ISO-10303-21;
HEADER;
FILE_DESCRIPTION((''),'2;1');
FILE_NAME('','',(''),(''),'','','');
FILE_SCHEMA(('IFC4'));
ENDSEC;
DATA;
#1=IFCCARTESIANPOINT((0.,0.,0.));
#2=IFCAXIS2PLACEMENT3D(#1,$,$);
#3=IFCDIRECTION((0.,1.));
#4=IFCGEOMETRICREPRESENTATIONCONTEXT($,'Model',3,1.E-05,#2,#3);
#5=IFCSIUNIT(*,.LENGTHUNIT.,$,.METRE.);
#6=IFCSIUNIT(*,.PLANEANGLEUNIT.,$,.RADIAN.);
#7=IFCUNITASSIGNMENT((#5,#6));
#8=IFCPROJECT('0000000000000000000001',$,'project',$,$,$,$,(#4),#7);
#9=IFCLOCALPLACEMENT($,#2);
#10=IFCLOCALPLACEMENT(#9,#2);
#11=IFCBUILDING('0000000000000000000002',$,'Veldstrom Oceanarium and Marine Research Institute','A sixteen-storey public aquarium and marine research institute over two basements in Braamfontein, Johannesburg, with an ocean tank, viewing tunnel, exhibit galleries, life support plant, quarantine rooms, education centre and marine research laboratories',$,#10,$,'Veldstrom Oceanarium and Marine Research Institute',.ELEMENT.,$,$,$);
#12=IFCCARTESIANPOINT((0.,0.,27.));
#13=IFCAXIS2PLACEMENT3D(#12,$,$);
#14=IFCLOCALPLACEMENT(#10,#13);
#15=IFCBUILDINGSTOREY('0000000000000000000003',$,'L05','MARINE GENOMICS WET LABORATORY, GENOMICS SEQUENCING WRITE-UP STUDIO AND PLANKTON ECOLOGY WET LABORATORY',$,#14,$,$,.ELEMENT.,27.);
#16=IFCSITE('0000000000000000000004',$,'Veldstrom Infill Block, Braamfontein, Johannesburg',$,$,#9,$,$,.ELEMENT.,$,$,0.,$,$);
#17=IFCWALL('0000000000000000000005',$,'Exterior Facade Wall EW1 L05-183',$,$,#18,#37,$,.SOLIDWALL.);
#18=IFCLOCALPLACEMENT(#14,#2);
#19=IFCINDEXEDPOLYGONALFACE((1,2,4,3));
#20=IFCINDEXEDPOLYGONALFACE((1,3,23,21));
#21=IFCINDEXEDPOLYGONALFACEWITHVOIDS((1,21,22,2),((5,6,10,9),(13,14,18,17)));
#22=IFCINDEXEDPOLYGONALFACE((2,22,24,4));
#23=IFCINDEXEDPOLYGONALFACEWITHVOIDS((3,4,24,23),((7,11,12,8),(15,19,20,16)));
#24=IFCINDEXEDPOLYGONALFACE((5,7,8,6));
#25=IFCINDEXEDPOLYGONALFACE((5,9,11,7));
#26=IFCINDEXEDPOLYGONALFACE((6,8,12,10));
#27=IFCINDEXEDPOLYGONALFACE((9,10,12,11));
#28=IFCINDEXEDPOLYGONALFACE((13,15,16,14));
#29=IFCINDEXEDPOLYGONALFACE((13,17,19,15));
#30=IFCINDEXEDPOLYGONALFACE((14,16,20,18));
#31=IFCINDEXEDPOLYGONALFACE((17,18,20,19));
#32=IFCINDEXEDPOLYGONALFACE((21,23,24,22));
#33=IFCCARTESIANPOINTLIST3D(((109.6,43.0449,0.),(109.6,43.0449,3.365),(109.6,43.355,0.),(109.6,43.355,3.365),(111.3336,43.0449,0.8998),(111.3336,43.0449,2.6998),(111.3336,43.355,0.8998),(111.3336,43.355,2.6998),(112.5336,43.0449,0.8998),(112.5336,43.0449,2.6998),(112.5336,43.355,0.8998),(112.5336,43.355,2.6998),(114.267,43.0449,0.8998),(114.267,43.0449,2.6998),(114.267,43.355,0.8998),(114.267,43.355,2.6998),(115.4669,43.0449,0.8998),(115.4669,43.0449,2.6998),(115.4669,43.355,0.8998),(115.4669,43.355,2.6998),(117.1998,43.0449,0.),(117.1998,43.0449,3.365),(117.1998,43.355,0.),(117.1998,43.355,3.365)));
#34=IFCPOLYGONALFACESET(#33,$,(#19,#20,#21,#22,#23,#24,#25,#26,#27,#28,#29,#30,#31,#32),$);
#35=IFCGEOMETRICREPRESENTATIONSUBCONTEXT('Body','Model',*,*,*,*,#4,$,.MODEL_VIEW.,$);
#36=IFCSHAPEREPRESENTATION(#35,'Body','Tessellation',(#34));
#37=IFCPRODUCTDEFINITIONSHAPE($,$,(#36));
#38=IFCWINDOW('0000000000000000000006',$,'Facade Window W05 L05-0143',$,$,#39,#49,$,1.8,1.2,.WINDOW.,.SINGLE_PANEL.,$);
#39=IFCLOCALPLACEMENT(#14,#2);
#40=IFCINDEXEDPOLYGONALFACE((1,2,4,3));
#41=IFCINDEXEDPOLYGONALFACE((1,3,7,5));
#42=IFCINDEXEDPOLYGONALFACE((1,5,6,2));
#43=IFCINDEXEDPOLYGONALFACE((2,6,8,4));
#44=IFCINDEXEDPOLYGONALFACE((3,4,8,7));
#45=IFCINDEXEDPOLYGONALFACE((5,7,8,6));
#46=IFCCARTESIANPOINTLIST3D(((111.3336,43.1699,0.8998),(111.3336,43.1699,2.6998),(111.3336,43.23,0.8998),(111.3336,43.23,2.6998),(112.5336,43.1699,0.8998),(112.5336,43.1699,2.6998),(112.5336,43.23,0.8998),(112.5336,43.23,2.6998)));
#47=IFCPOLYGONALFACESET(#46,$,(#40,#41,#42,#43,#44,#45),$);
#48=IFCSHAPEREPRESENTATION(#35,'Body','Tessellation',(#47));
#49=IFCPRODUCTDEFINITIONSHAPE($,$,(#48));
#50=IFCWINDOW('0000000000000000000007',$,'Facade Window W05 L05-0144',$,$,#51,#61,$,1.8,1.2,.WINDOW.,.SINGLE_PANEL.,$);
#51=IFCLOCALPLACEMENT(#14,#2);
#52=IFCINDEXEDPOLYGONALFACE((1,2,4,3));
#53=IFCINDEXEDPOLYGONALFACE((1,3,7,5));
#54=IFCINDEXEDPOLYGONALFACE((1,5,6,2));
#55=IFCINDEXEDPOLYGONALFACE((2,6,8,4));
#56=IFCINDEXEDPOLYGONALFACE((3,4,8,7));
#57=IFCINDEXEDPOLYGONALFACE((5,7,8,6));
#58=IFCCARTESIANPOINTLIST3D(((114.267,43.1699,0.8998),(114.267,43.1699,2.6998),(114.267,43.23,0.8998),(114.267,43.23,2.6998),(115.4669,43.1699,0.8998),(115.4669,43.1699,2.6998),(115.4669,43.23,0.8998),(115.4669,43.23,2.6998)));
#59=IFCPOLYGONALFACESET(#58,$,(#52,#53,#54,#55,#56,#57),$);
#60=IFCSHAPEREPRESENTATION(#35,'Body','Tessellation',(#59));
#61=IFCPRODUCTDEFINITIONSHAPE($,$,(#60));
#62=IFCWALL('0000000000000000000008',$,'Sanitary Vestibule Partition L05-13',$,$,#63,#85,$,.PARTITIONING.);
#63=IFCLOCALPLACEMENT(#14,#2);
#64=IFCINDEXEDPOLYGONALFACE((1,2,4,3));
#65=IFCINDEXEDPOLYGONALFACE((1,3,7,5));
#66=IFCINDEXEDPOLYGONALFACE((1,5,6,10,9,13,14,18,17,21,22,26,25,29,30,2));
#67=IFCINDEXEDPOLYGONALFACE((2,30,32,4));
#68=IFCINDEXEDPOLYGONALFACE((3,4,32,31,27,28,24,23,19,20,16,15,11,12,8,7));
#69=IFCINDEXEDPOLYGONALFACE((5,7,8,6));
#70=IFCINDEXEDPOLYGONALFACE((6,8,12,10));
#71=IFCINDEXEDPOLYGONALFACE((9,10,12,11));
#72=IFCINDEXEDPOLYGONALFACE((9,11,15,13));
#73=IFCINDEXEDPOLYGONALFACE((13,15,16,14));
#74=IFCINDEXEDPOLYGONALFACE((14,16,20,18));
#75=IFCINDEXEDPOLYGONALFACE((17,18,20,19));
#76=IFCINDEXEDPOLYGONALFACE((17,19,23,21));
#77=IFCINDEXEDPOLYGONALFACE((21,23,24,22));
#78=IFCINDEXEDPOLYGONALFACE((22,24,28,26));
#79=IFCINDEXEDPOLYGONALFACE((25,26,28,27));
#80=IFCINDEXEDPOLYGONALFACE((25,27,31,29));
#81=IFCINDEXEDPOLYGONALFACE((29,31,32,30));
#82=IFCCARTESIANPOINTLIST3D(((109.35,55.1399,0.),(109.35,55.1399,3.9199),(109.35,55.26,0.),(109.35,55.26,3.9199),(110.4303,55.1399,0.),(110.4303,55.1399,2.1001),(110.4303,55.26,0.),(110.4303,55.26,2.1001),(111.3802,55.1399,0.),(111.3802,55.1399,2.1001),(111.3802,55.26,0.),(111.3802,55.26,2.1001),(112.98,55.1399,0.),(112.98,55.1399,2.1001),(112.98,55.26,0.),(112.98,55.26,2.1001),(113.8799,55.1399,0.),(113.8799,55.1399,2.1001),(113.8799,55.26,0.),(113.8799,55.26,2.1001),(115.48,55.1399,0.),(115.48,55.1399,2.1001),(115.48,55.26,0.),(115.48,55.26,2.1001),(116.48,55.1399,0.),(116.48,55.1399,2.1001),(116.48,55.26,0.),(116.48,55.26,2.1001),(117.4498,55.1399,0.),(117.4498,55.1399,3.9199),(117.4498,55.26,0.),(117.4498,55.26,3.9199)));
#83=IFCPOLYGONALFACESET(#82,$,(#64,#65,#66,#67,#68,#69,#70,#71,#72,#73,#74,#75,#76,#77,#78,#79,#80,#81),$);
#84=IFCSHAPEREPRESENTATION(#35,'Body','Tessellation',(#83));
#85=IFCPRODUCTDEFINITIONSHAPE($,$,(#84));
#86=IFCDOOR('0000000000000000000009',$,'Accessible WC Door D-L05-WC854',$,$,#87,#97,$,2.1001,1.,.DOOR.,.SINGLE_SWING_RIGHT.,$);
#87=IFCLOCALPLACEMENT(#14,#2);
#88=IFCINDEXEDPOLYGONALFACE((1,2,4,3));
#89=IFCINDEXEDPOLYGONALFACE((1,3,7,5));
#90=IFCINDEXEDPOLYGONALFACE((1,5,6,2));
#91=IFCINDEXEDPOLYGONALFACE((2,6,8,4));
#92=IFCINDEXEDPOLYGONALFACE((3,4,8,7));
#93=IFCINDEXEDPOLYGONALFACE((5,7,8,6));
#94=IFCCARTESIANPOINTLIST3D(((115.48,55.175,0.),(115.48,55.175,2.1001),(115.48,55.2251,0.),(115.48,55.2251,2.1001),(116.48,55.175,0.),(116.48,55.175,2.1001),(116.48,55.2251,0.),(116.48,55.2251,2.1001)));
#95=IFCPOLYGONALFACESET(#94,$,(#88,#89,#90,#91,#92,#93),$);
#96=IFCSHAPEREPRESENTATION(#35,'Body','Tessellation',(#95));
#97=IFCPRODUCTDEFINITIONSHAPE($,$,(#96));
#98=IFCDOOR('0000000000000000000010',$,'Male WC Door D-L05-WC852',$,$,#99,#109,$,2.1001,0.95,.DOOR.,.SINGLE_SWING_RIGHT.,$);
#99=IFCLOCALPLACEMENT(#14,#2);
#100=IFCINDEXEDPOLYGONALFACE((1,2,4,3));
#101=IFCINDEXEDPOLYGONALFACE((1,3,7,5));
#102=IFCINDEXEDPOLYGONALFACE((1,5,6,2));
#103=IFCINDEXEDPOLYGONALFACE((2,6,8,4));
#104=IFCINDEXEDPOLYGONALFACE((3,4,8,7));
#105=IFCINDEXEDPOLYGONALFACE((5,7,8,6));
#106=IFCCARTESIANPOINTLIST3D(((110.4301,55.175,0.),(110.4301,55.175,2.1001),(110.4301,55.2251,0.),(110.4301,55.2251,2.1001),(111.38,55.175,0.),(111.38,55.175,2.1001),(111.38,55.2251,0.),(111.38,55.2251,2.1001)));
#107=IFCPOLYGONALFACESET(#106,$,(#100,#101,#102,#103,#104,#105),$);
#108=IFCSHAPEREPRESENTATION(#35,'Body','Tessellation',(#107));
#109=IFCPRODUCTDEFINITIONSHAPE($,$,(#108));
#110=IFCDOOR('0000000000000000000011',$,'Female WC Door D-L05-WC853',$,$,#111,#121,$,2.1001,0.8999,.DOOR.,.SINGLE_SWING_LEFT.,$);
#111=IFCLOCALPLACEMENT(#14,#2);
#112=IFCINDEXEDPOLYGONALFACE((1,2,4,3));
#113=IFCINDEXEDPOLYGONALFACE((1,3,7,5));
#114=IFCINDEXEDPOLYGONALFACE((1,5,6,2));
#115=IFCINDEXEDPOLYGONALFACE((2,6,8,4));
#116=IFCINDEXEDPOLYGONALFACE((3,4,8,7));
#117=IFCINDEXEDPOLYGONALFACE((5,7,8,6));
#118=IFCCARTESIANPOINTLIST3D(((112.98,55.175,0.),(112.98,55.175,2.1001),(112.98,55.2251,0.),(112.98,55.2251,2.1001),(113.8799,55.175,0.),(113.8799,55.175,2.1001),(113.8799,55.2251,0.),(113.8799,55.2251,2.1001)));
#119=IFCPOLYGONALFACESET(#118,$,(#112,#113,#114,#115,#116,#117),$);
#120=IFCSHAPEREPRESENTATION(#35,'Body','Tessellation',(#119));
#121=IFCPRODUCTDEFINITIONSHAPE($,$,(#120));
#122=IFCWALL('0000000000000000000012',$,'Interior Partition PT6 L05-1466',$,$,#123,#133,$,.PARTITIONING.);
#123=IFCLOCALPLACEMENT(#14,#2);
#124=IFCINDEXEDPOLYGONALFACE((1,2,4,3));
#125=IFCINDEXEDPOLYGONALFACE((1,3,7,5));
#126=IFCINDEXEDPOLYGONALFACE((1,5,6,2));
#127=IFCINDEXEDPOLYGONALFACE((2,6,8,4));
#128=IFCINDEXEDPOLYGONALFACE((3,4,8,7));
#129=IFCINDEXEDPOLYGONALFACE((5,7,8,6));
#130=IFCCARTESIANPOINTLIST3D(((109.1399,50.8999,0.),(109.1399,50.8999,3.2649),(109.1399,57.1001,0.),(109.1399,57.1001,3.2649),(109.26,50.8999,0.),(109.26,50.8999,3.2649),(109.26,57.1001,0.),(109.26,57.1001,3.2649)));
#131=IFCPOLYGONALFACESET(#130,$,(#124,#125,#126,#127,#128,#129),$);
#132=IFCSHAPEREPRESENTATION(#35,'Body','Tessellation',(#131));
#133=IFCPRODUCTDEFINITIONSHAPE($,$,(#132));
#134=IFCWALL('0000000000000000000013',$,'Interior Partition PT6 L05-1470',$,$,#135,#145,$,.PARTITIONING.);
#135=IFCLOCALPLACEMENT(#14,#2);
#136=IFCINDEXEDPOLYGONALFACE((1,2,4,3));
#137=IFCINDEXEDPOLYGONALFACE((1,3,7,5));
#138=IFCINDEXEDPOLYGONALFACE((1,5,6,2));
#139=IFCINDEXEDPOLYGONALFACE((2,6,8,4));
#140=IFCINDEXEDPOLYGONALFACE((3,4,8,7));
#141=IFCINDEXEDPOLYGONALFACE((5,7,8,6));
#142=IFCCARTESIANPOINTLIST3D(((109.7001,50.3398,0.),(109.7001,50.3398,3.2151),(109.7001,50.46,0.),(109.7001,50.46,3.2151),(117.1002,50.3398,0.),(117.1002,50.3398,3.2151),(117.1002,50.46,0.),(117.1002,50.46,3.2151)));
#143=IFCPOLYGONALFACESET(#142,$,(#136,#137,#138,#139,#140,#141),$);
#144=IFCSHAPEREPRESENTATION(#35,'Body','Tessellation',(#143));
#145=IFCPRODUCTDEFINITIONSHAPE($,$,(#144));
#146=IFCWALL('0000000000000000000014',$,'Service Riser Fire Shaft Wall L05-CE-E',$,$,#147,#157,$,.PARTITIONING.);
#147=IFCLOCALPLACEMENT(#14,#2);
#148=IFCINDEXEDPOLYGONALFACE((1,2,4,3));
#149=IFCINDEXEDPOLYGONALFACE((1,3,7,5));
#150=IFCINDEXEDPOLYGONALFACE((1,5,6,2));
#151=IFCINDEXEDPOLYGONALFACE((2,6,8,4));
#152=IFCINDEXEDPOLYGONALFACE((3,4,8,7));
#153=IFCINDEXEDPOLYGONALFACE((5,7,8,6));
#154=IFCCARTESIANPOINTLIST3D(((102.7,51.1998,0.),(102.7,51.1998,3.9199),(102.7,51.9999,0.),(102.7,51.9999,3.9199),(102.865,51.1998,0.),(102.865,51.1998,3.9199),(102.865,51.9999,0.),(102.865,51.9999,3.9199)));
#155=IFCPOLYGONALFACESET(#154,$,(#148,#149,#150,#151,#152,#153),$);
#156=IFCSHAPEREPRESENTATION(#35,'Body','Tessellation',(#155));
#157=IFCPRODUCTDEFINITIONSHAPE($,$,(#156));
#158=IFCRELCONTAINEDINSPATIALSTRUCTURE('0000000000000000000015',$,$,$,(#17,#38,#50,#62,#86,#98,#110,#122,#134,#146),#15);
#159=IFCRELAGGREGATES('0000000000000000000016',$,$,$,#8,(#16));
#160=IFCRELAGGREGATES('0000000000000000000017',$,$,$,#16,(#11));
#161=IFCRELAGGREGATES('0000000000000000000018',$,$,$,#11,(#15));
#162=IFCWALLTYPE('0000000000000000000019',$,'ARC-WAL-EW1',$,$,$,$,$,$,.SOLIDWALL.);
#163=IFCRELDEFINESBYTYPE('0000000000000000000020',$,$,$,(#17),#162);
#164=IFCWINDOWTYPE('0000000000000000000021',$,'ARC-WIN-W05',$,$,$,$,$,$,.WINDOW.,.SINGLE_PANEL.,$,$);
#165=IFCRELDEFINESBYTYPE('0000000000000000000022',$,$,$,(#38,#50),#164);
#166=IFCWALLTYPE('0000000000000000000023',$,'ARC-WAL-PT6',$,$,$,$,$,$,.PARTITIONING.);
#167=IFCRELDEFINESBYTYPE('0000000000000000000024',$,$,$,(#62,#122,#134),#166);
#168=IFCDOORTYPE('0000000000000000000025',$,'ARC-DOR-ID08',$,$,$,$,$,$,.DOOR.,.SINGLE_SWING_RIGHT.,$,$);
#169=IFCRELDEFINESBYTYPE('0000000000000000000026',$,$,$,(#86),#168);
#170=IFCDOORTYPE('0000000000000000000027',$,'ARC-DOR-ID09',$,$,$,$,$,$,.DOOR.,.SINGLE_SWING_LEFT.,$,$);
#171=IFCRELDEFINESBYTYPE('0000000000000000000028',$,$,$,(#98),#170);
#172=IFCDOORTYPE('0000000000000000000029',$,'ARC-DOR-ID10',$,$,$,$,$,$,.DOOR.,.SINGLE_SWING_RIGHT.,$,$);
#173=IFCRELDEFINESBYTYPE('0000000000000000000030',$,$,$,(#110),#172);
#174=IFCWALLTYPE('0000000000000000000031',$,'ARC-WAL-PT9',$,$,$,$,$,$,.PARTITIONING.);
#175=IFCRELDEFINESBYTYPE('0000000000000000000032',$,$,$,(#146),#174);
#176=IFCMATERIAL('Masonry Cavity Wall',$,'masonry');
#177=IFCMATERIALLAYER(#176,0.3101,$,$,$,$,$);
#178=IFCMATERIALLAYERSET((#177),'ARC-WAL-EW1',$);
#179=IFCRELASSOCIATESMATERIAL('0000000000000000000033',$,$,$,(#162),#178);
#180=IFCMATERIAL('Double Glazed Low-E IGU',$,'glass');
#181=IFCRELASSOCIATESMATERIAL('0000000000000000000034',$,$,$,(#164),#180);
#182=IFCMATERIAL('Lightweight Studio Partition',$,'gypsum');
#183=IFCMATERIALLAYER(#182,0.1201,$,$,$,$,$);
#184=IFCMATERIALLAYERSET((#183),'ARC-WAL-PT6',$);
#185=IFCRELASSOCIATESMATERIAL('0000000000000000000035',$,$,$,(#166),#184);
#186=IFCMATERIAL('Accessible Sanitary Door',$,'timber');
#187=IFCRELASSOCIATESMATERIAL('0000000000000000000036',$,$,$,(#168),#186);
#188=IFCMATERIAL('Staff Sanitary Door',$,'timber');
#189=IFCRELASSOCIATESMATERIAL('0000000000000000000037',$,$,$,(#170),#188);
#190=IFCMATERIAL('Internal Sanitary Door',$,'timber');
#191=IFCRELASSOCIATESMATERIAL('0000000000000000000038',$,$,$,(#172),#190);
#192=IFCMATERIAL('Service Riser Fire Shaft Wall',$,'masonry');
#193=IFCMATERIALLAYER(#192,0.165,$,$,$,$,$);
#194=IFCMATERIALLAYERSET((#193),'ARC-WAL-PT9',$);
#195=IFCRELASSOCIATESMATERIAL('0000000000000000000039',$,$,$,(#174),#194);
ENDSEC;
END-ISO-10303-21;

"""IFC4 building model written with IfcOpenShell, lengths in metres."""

from ifc_helpers import new_model, si_unit, direction, frame, frame_2d, origin, place, context, subcontext, project, spatial, rectangle, extrude, material, layer, layer_set, type_object, element, fill, save


model = new_model("IFC4")

# Units and contexts
model_context = context("Model", 3, precision=1e-05, world=origin(), true_north=direction((0.0, 1.0)))
body_context = subcontext(model_context, "Body", "Model", "MODEL_VIEW")
ifc_project = project(units=[si_unit("LENGTHUNIT", "METRE"), si_unit("PLANEANGLEUNIT", "RADIAN")], contexts=[model_context])

# Site, building, storey
site_placement = place(None, origin())
site = spatial("IfcSite", under=ifc_project, at=site_placement, Name="Veldstrom Infill Block, Braamfontein, Johannesburg", CompositionType="ELEMENT", RefElevation=0.0)
building_placement = place(site_placement, origin())
building = spatial("IfcBuilding", under=site, at=building_placement, Name="Veldstrom Oceanarium and Marine Research Institute", Description="A sixteen-storey public aquarium and marine research institute over two basements in Braamfontein, Johannesburg, with an ocean tank, viewing tunnel, exhibit galleries, life support plant, quarantine rooms, education centre and marine research laboratories", LongName="Veldstrom Oceanarium and Marine Research Institute", CompositionType="ELEMENT")
storey_placement = place(building_placement, frame((0.0, 0.0, 27.0)))
storey = spatial("IfcBuildingStorey", under=building, at=storey_placement, Name="L05", Description="MARINE GENOMICS WET LABORATORY, GENOMICS SEQUENCING WRITE-UP STUDIO AND PLANKTON ECOLOGY WET LABORATORY", CompositionType="ELEMENT", Elevation=27.0)

# Wall, openings, windows
ifc_material_1 = material(Name="Masonry Cavity Wall", Category="masonry")
ifc_layer_1 = layer(ifc_material_1, 0.3101)
ifc_layer_set_1 = layer_set([ifc_layer_1], Name="ARC-WAL-EW1")
wall_type_1 = type_object("IfcWallType", Name="ARC-WAL-EW1", PredefinedType="SOLIDWALL", material=ifc_layer_set_1)
wall_1_placement = place(storey_placement, frame((109.6001, 43.2, 0.0), z_axis=(0.0, 0.0, 1.0), x_axis=(1.0, 0.0, 0.0)))
wall_1 = element("IfcWall", 1, at=wall_1_placement, inside=storey, type_object=wall_type_1, Name="Exterior Facade Wall EW1 L05-183", PredefinedType="SOLIDWALL", context=body_context, shape_type="SweptSolid", body=[
    extrude(rectangle(XDim=7.5999, YDim=0.3101, at=frame_2d((3.7998, 0.0))), origin(), (0.0, 0.0, 1.0), 3.365),
])
opening_1_placement = place(wall_1_placement, frame((1.7334, 0.0, 0.8999)))
opening_1 = element("IfcOpeningElement", 2, at=opening_1_placement, cuts=wall_1, PredefinedType="OPENING", context=body_context, shape_type="SweptSolid", body=[
    extrude(rectangle(XDim=1.2, YDim=1.8, at=frame_2d((0.6001, 0.8999))), frame((0.0, 0.165, 0.0), z_axis=(0.0, -1.0, 0.0), x_axis=(1.0, 0.0, 0.0)), (0.0, 0.0, 1.0), 0.3301),
])
opening_2_placement = place(wall_1_placement, frame((4.6667, 0.0, 0.8999)))
opening_2 = element("IfcOpeningElement", 3, at=opening_2_placement, cuts=wall_1, PredefinedType="OPENING", context=body_context, shape_type="SweptSolid", body=[
    extrude(rectangle(XDim=1.2, YDim=1.8, at=frame_2d((0.6001, 0.8999))), frame((0.0, 0.165, 0.0), z_axis=(0.0, -1.0, 0.0), x_axis=(1.0, 0.0, 0.0)), (0.0, 0.0, 1.0), 0.3301),
])
ifc_material_2 = material(Name="Double Glazed Low-E IGU", Category="glass")
window_type = type_object("IfcWindowType", Name="ARC-WIN-W05", PartitioningType="SINGLE_PANEL", PredefinedType="WINDOW", material=ifc_material_2)
window_1_placement = place(opening_1_placement, origin())
window_1 = element("IfcWindow", 4, at=window_1_placement, inside=storey, type_object=window_type, Name="Facade Window W05 L05-0143", OverallHeight=1.8, OverallWidth=1.2, PartitioningType="SINGLE_PANEL", PredefinedType="WINDOW", context=body_context, shape_type="SweptSolid", body=[
    extrude(rectangle(XDim=1.2, YDim=1.8, at=frame_2d((0.6001, 0.8999))), frame((0.0, 0.03, 0.0), z_axis=(0.0, -1.0, 0.0), x_axis=(1.0, 0.0, 0.0)), (0.0, 0.0, 1.0), 0.0601),
])
fill(opening_1, window_1)
window_2_placement = place(opening_2_placement, origin())
window_2 = element("IfcWindow", 5, at=window_2_placement, inside=storey, type_object=window_type, Name="Facade Window W05 L05-0144", OverallHeight=1.8, OverallWidth=1.2, PartitioningType="SINGLE_PANEL", PredefinedType="WINDOW", context=body_context, shape_type="SweptSolid", body=[
    extrude(rectangle(XDim=1.2, YDim=1.8, at=frame_2d((0.6001, 0.8999))), frame((0.0, 0.03, 0.0), z_axis=(0.0, -1.0, 0.0), x_axis=(1.0, 0.0, 0.0)), (0.0, 0.0, 1.0), 0.0601),
])
fill(opening_2, window_2)

# Wall, openings, doors
ifc_material_3 = material(Name="Lightweight Studio Partition", Category="gypsum")
ifc_layer_2 = layer(ifc_material_3, 0.1201)
ifc_layer_set_2 = layer_set([ifc_layer_2], Name="ARC-WAL-PT6")
wall_type_2 = type_object("IfcWallType", Name="ARC-WAL-PT6", PredefinedType="PARTITIONING", material=ifc_layer_set_2)
wall_2_placement = place(storey_placement, frame((109.3501, 55.2, 0.0), z_axis=(0.0, 0.0, 1.0), x_axis=(1.0, 0.0, 0.0)))
wall_2 = element("IfcWall", 6, at=wall_2_placement, inside=storey, type_object=wall_type_2, Name="Sanitary Vestibule Partition L05-13", PredefinedType="PARTITIONING", context=body_context, shape_type="SweptSolid", body=[
    extrude(rectangle(XDim=8.0999, YDim=0.1201, at=frame_2d((4.0498, 0.0))), origin(), (0.0, 0.0, 1.0), 3.9199),
])
opening_3_placement = place(wall_2_placement, frame((1.0801, 0.0, 0.0)))
opening_3 = element("IfcOpeningElement", 7, at=opening_3_placement, cuts=wall_2, PredefinedType="OPENING", context=body_context, shape_type="SweptSolid", body=[
    extrude(rectangle(XDim=0.95, YDim=2.1001, at=frame_2d((0.4751, 1.05))), frame((0.0, 0.0701, 0.0), z_axis=(0.0, -1.0, 0.0), x_axis=(1.0, 0.0, 0.0)), (0.0, 0.0, 1.0), 0.1401),
])
opening_4_placement = place(wall_2_placement, frame((3.6299, 0.0, 0.0)))
opening_4 = element("IfcOpeningElement", 8, at=opening_4_placement, cuts=wall_2, PredefinedType="OPENING", context=body_context, shape_type="SweptSolid", body=[
    extrude(rectangle(XDim=0.8999, YDim=2.1001, at=frame_2d((0.45, 1.05))), frame((0.0, 0.0701, 0.0), z_axis=(0.0, -1.0, 0.0), x_axis=(1.0, 0.0, 0.0)), (0.0, 0.0, 1.0), 0.1401),
])
opening_5_placement = place(wall_2_placement, frame((6.1299, 0.0, 0.0)))
opening_5 = element("IfcOpeningElement", 9, at=opening_5_placement, cuts=wall_2, PredefinedType="OPENING", context=body_context, shape_type="SweptSolid", body=[
    extrude(rectangle(XDim=1.0, YDim=2.1001, at=frame_2d((0.5, 1.05))), frame((0.0, 0.0701, 0.0), z_axis=(0.0, -1.0, 0.0), x_axis=(1.0, 0.0, 0.0)), (0.0, 0.0, 1.0), 0.1401),
])
ifc_material_4 = material(Name="Accessible Sanitary Door", Category="timber")
door_type_1 = type_object("IfcDoorType", Name="ARC-DOR-ID08", OperationType="SINGLE_SWING_RIGHT", PredefinedType="DOOR", material=ifc_material_4)
door_1_placement = place(opening_5_placement, frame((1.0, 0.0, 0.0), z_axis=(0.0, 0.0, 1.0), x_axis=(-1.0, 0.0, 0.0)))
door_1 = element("IfcDoor", 10, at=door_1_placement, inside=storey, type_object=door_type_1, Name="Accessible WC Door D-L05-WC854", OperationType="SINGLE_SWING_RIGHT", OverallHeight=2.1001, OverallWidth=1.0, PredefinedType="DOOR", context=body_context, shape_type="SweptSolid", body=[
    extrude(rectangle(XDim=1.0, YDim=2.1001, at=frame_2d((0.5, 1.05))), frame((0.0, 0.0249, 0.0), z_axis=(0.0, -1.0, 0.0), x_axis=(1.0, 0.0, 0.0)), (0.0, 0.0, 1.0), 0.05),
])
fill(opening_5, door_1)
ifc_material_5 = material(Name="Staff Sanitary Door", Category="timber")
door_type_2 = type_object("IfcDoorType", Name="ARC-DOR-ID09", OperationType="SINGLE_SWING_LEFT", PredefinedType="DOOR", material=ifc_material_5)
door_2_placement = place(opening_3_placement, frame((0.95, 0.0, 0.0), z_axis=(0.0, 0.0, 1.0), x_axis=(-1.0, 0.0, 0.0)))
door_2 = element("IfcDoor", 11, at=door_2_placement, inside=storey, type_object=door_type_2, Name="Male WC Door D-L05-WC852", OperationType="SINGLE_SWING_RIGHT", OverallHeight=2.1001, OverallWidth=0.95, PredefinedType="DOOR", context=body_context, shape_type="SweptSolid", body=[
    extrude(rectangle(XDim=0.95, YDim=2.1001, at=frame_2d((0.4751, 1.05))), frame((0.0, 0.0249, 0.0), z_axis=(0.0, -1.0, 0.0), x_axis=(1.0, 0.0, 0.0)), (0.0, 0.0, 1.0), 0.05),
])
fill(opening_3, door_2)
ifc_material_6 = material(Name="Internal Sanitary Door", Category="timber")
door_type_3 = type_object("IfcDoorType", Name="ARC-DOR-ID10", OperationType="SINGLE_SWING_RIGHT", PredefinedType="DOOR", material=ifc_material_6)
door_3_placement = place(opening_4_placement, frame((0.8999, 0.0, 0.0), z_axis=(0.0, 0.0, 1.0), x_axis=(-1.0, 0.0, 0.0)))
door_3 = element("IfcDoor", 12, at=door_3_placement, inside=storey, type_object=door_type_3, Name="Female WC Door D-L05-WC853", OperationType="SINGLE_SWING_LEFT", OverallHeight=2.1001, OverallWidth=0.8999, PredefinedType="DOOR", context=body_context, shape_type="SweptSolid", body=[
    extrude(rectangle(XDim=0.8999, YDim=2.1001, at=frame_2d((0.45, 1.05))), frame((0.0, 0.0249, 0.0), z_axis=(0.0, -1.0, 0.0), x_axis=(1.0, 0.0, 0.0)), (0.0, 0.0, 1.0), 0.05),
])
fill(opening_4, door_3)

# Walls
wall_3_placement = place(storey_placement, frame((109.2, 50.8999, 0.0), z_axis=(0.0, 0.0, 1.0), x_axis=(0.0, 1.0, 0.0)))
element("IfcWall", 13, at=wall_3_placement, inside=storey, type_object=wall_type_2, Name="Interior Partition PT6 L05-1466", PredefinedType="PARTITIONING", context=body_context, shape_type="SweptSolid", body=[
    extrude(rectangle(XDim=6.2002, YDim=0.1201, at=frame_2d((3.1001, 0.0))), origin(), (0.0, 0.0, 1.0), 3.2649),
])
wall_4_placement = place(storey_placement, frame((109.7, 50.3999, 0.0), z_axis=(0.0, 0.0, 1.0), x_axis=(1.0, 0.0, 0.0)))
element("IfcWall", 14, at=wall_4_placement, inside=storey, type_object=wall_type_2, Name="Interior Partition PT6 L05-1470", PredefinedType="PARTITIONING", context=body_context, shape_type="SweptSolid", body=[
    extrude(rectangle(XDim=7.4001, YDim=0.1201, at=frame_2d((3.7002, 0.0))), origin(), (0.0, 0.0, 1.0), 3.2151),
])
ifc_material_7 = material(Name="Service Riser Fire Shaft Wall", Category="masonry")
ifc_layer_3 = layer(ifc_material_7, 0.165)
ifc_layer_set_3 = layer_set([ifc_layer_3], Name="ARC-WAL-PT9")
wall_type_3 = type_object("IfcWallType", Name="ARC-WAL-PT9", PredefinedType="PARTITIONING", material=ifc_layer_set_3)
wall_5_placement = place(storey_placement, frame((102.7825, 51.2, 0.0), z_axis=(0.0, 0.0, 1.0), x_axis=(0.0, 1.0, 0.0)))
element("IfcWall", 15, at=wall_5_placement, inside=storey, type_object=wall_type_3, Name="Service Riser Fire Shaft Wall L05-CE-E", PredefinedType="PARTITIONING", context=body_context, shape_type="SweptSolid", body=[
    extrude(rectangle(XDim=0.8, YDim=0.165, at=frame_2d((0.3999, 0.0))), origin(), (0.0, 0.0, 1.0), 3.9199),
])

save(model, "model.ifc")
